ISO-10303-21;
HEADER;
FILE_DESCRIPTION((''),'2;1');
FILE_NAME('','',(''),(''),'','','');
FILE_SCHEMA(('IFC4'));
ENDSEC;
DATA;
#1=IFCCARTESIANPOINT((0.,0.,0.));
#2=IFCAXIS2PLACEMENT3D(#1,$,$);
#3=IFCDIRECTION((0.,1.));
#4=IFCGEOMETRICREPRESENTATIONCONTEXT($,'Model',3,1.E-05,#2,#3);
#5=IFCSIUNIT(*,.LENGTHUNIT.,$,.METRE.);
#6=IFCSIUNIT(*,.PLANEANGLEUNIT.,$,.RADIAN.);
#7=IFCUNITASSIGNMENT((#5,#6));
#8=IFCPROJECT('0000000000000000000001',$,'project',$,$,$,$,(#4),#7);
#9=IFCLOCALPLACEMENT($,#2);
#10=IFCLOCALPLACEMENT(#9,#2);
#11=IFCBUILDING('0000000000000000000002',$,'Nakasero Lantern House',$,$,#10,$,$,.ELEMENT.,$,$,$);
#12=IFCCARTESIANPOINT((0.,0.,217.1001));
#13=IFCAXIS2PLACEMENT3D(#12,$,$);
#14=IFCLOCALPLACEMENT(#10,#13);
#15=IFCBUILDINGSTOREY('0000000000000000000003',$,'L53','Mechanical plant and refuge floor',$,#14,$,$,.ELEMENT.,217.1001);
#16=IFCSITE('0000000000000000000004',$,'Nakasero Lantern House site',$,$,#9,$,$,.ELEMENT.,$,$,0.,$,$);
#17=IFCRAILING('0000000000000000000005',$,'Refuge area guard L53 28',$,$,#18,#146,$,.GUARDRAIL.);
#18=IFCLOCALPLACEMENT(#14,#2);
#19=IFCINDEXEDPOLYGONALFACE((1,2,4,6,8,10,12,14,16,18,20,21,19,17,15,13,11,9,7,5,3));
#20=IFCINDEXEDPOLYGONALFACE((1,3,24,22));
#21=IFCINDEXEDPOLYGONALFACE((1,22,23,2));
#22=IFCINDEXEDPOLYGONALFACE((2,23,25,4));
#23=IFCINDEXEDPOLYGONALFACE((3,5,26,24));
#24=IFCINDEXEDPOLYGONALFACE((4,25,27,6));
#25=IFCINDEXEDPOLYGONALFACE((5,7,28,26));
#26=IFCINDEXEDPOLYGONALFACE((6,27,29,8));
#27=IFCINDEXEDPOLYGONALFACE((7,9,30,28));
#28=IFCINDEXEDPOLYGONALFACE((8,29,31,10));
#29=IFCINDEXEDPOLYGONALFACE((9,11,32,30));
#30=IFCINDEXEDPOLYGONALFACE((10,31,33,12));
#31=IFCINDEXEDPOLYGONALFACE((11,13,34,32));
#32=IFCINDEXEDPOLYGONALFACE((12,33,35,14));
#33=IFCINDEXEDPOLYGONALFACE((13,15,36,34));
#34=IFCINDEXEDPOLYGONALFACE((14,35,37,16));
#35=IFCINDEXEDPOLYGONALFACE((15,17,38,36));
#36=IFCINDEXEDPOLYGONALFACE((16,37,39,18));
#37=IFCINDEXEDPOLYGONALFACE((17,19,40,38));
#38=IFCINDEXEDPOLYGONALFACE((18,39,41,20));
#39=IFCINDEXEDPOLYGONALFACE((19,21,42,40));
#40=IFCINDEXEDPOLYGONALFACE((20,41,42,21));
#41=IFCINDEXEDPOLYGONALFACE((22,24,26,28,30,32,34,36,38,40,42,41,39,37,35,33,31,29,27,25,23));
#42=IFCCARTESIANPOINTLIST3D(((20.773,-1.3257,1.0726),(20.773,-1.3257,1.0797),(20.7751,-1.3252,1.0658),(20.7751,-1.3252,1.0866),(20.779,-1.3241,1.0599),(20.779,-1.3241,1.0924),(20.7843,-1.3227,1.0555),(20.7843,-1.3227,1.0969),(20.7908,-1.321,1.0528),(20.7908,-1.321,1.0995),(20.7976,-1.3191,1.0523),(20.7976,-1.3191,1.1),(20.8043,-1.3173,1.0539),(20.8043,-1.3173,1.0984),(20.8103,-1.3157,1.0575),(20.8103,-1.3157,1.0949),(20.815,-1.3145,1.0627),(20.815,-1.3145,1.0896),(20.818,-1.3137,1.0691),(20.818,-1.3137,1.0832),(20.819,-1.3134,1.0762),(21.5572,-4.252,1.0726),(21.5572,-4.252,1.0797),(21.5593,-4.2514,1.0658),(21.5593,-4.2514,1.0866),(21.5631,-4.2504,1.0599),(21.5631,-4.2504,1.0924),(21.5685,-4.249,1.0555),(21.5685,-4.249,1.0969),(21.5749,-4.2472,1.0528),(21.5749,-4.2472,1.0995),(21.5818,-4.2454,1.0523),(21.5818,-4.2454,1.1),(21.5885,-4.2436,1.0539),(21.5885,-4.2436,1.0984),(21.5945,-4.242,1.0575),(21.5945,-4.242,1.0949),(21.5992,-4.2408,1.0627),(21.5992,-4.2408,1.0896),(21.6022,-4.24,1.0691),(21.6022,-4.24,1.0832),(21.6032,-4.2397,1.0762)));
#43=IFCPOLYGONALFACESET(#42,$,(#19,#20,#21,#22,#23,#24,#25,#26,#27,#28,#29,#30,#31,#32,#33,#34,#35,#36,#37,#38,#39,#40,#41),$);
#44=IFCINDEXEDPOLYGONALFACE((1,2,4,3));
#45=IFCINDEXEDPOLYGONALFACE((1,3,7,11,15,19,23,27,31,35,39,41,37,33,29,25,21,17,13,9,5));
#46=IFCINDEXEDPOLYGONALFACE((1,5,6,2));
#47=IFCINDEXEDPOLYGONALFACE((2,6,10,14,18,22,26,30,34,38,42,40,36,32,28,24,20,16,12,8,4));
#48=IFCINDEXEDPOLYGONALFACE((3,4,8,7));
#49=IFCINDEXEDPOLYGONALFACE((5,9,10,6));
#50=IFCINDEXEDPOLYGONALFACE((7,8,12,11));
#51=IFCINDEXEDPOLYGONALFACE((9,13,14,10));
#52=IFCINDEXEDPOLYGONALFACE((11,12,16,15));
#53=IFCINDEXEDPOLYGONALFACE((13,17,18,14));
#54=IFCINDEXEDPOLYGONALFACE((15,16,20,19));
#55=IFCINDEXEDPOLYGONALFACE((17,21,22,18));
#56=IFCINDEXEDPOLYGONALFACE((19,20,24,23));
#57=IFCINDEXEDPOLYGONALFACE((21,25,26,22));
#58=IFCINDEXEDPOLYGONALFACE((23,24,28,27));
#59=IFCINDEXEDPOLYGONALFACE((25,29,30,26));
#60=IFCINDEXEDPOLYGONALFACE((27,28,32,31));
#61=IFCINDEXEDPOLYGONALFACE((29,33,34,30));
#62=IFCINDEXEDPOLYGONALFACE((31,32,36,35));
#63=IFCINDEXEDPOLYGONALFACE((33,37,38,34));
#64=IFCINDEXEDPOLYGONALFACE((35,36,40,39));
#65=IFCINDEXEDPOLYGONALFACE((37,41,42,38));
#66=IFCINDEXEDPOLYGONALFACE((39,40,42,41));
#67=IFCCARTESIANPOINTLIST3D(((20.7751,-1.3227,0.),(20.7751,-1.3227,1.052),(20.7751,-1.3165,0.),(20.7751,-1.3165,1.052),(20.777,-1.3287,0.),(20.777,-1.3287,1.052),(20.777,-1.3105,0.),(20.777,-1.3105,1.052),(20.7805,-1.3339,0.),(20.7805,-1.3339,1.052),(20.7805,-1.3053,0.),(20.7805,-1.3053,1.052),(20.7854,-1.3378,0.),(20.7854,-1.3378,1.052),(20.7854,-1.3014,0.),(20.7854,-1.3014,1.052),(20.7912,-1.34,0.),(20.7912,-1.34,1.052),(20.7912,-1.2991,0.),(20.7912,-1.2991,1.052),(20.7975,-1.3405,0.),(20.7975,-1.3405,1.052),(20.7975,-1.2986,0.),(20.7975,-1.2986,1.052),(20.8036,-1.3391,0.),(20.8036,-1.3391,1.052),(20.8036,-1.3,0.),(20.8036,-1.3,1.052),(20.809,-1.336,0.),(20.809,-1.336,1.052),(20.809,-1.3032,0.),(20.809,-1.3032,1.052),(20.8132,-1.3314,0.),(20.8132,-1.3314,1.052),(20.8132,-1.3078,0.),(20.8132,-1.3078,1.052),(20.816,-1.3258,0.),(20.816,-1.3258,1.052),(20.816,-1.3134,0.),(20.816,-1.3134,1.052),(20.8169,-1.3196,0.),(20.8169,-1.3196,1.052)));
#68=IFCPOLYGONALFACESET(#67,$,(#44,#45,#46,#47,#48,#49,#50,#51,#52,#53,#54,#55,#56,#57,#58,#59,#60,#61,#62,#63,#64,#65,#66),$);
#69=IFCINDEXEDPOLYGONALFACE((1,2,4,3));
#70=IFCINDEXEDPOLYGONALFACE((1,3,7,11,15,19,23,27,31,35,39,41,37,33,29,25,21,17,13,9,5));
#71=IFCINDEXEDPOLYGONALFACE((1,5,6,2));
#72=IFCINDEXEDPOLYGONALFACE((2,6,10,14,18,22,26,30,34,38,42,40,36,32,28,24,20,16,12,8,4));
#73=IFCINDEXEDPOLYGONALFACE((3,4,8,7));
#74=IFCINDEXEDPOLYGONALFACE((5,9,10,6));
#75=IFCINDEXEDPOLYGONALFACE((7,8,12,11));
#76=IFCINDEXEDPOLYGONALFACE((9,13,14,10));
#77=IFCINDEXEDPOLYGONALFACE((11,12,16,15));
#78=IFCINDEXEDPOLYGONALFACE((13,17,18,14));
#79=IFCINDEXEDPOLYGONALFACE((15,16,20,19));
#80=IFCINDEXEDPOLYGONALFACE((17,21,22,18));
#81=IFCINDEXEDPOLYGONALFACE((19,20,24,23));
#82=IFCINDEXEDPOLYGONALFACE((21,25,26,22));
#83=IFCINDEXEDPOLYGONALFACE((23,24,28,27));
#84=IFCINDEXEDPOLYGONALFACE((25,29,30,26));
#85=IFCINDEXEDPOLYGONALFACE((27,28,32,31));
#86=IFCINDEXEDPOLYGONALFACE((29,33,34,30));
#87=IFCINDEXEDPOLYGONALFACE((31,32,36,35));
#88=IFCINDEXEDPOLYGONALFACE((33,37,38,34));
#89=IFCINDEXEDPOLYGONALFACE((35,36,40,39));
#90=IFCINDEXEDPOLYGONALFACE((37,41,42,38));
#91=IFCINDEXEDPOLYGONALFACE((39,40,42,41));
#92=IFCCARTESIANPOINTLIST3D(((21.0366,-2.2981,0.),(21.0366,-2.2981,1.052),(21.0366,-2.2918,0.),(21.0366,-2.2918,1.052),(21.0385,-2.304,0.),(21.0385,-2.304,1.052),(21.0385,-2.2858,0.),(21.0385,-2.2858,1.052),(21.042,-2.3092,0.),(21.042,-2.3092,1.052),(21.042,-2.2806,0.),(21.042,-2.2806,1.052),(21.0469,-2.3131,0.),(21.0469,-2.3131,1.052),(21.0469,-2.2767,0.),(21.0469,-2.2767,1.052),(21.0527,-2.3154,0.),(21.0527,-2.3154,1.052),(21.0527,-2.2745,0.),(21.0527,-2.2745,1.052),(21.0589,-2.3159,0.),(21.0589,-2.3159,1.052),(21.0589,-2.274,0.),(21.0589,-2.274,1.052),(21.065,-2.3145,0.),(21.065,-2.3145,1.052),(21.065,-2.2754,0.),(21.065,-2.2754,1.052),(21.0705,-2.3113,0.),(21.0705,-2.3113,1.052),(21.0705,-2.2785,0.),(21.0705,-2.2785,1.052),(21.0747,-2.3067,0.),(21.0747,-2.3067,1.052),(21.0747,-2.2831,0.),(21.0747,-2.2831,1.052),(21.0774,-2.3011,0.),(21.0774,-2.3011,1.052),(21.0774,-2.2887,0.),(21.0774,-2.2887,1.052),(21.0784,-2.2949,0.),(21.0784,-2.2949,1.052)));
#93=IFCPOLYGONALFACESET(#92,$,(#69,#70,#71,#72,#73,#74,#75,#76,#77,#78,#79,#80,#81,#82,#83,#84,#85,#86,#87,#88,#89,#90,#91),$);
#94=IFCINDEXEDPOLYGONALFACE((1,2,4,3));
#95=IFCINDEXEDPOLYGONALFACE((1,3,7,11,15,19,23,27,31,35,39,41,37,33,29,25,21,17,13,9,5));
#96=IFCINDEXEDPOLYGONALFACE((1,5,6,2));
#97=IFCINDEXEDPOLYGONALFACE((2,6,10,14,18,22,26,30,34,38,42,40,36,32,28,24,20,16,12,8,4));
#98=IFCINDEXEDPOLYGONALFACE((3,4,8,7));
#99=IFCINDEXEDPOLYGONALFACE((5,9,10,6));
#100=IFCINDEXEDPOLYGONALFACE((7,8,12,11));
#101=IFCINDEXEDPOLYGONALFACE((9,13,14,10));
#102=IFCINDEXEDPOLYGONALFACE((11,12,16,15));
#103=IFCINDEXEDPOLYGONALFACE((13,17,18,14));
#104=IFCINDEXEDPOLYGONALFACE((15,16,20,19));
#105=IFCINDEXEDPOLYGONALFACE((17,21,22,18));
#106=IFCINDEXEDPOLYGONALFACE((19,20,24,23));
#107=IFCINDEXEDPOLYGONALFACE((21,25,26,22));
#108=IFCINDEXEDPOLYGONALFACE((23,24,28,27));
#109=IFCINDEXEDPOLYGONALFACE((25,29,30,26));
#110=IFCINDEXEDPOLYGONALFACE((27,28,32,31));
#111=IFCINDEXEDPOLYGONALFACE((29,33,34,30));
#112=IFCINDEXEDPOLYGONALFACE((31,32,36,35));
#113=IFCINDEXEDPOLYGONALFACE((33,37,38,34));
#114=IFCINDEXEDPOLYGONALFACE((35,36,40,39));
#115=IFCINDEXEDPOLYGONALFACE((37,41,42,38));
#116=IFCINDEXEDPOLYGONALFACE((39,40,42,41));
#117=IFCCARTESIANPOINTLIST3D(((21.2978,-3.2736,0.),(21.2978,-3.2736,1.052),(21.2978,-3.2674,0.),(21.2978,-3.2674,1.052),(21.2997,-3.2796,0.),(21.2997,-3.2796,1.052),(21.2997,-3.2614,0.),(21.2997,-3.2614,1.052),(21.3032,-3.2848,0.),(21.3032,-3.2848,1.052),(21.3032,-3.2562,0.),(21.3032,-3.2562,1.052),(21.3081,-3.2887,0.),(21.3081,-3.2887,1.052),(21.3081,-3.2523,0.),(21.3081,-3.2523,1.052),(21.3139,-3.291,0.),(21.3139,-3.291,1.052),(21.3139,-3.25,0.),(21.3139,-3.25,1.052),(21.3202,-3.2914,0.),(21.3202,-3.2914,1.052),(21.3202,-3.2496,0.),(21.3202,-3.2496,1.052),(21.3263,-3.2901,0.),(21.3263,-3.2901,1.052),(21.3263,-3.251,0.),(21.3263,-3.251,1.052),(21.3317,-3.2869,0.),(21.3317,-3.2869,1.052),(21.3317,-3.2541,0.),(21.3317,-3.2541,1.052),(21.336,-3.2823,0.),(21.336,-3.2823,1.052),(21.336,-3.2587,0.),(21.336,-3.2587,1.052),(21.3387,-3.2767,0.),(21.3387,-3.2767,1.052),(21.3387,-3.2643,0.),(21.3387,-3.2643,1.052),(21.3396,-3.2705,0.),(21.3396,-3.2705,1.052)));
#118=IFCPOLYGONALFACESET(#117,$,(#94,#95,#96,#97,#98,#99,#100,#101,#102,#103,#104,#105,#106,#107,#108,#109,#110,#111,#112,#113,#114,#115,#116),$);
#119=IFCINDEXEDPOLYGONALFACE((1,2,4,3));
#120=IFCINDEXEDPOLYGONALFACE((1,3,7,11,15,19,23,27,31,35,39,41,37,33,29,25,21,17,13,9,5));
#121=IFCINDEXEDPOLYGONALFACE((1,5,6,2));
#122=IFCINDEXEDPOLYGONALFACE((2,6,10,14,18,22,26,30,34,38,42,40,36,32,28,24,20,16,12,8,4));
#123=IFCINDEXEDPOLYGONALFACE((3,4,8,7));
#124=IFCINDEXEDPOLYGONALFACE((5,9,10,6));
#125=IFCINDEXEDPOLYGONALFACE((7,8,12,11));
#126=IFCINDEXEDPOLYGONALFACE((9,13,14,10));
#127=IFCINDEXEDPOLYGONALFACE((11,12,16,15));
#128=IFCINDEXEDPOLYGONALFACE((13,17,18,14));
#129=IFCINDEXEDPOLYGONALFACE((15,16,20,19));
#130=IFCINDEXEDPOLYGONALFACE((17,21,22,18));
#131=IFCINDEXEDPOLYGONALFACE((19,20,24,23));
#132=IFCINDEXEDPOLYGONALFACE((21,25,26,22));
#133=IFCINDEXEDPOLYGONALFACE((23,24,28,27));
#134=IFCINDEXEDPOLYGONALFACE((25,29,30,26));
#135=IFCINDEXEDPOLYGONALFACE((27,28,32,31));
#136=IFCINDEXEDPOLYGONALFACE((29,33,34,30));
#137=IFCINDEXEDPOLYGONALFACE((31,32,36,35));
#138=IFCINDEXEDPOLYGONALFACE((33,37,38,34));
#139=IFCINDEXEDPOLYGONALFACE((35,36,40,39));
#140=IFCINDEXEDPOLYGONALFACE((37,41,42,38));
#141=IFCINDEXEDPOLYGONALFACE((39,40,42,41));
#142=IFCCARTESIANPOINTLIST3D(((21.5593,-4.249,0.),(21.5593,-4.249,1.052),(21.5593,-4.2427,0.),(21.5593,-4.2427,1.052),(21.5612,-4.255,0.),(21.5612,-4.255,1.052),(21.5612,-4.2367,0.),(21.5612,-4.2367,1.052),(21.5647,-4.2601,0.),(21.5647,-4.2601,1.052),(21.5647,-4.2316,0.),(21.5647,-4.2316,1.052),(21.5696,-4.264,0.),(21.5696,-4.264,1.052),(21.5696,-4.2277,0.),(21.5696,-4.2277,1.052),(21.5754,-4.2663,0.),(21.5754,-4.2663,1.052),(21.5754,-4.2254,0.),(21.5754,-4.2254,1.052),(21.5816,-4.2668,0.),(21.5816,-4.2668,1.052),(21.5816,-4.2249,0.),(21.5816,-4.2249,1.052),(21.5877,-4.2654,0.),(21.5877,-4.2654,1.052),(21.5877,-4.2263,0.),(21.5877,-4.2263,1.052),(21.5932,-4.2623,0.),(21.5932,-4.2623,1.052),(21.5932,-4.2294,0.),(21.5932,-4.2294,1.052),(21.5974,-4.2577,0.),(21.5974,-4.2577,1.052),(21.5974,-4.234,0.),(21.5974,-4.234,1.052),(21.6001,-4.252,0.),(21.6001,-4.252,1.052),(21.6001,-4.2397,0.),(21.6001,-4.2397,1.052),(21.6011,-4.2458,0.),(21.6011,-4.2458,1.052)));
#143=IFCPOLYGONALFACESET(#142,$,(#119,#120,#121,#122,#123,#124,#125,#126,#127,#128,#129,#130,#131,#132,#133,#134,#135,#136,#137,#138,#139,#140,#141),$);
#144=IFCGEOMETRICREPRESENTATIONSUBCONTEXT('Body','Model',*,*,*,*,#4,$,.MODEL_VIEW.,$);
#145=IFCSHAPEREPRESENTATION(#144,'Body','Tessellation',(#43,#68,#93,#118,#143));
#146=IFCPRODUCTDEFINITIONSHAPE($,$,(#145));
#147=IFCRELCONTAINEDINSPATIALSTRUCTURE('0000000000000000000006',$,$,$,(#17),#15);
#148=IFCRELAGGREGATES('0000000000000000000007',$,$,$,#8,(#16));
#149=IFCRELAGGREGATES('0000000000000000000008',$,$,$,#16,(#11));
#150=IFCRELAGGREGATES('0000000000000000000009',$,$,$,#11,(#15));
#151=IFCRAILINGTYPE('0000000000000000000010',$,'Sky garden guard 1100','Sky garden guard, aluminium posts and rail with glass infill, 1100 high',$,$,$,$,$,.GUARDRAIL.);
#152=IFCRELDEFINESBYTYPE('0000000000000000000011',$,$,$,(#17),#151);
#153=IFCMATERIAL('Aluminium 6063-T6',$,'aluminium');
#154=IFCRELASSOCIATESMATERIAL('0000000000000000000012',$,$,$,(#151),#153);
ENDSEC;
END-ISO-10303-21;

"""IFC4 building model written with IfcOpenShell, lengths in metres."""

from ifc_helpers import new_model, si_unit, direction, frame, origin, origin_2d, place, context, subcontext, project, spatial, circle, extrude, material, type_object, element, save


model = new_model("IFC4")

# Units and contexts
model_context = context("Model", 3, precision=1e-05, world=origin(), true_north=direction((0.0, 1.0)))
body_context = subcontext(model_context, "Body", "Model", "MODEL_VIEW")
ifc_project = project(units=[si_unit("LENGTHUNIT", "METRE"), si_unit("PLANEANGLEUNIT", "RADIAN")], contexts=[model_context])

# Site, building, storey
site_placement = place(None, origin())
site = spatial("IfcSite", under=ifc_project, at=site_placement, Name="Nakasero Lantern House site", CompositionType="ELEMENT", RefElevation=0.0)
building_placement = place(site_placement, origin())
building = spatial("IfcBuilding", under=site, at=building_placement, Name="Nakasero Lantern House", CompositionType="ELEMENT")
storey_placement = place(building_placement, frame((0.0, 0.0, 217.1001)))
storey = spatial("IfcBuildingStorey", under=building, at=storey_placement, Name="L53", Description="Mechanical plant and refuge floor", CompositionType="ELEMENT", Elevation=217.1001)

# Railing
ifc_material_1 = material(Name="Aluminium 6063-T6", Category="aluminium")
railing_type = type_object("IfcRailingType", Name="Sky garden guard 1100", Description="Sky garden guard, aluminium posts and rail with glass infill, 1100 high", PredefinedType="GUARDRAIL", material=ifc_material_1)
railing_1_placement = place(storey_placement, frame((20.7959, -1.3196, 0.0)))
element("IfcRailing", 1, at=railing_1_placement, inside=storey, type_object=railing_type, Name="Refuge area guard L53 28", PredefinedType="GUARDRAIL", context=body_context, shape_type="SweptSolid", body=[
    extrude(circle(Radius=0.0239, at=origin_2d()), frame((0.0, 0.0, 1.0762), z_axis=(0.258846, -0.965919, 0.0), x_axis=(0.965919, 0.258846, 0.0)), (0.0, 0.0, 1.0), 3.0295),
    extrude(circle(Radius=0.021, at=origin_2d()), origin(), (0.0, 0.0, 1.0), 1.052),
    extrude(circle(Radius=0.021, at=origin_2d()), frame((0.2615, -0.9753, 0.0)), (0.0, 0.0, 1.0), 1.052),
    extrude(circle(Radius=0.021, at=origin_2d()), frame((0.5227, -1.9509, 0.0)), (0.0, 0.0, 1.0), 1.052),
    extrude(circle(Radius=0.021, at=origin_2d()), frame((0.7842, -2.9263, 0.0)), (0.0, 0.0, 1.0), 1.052),
])

save(model, "model.ifc")
